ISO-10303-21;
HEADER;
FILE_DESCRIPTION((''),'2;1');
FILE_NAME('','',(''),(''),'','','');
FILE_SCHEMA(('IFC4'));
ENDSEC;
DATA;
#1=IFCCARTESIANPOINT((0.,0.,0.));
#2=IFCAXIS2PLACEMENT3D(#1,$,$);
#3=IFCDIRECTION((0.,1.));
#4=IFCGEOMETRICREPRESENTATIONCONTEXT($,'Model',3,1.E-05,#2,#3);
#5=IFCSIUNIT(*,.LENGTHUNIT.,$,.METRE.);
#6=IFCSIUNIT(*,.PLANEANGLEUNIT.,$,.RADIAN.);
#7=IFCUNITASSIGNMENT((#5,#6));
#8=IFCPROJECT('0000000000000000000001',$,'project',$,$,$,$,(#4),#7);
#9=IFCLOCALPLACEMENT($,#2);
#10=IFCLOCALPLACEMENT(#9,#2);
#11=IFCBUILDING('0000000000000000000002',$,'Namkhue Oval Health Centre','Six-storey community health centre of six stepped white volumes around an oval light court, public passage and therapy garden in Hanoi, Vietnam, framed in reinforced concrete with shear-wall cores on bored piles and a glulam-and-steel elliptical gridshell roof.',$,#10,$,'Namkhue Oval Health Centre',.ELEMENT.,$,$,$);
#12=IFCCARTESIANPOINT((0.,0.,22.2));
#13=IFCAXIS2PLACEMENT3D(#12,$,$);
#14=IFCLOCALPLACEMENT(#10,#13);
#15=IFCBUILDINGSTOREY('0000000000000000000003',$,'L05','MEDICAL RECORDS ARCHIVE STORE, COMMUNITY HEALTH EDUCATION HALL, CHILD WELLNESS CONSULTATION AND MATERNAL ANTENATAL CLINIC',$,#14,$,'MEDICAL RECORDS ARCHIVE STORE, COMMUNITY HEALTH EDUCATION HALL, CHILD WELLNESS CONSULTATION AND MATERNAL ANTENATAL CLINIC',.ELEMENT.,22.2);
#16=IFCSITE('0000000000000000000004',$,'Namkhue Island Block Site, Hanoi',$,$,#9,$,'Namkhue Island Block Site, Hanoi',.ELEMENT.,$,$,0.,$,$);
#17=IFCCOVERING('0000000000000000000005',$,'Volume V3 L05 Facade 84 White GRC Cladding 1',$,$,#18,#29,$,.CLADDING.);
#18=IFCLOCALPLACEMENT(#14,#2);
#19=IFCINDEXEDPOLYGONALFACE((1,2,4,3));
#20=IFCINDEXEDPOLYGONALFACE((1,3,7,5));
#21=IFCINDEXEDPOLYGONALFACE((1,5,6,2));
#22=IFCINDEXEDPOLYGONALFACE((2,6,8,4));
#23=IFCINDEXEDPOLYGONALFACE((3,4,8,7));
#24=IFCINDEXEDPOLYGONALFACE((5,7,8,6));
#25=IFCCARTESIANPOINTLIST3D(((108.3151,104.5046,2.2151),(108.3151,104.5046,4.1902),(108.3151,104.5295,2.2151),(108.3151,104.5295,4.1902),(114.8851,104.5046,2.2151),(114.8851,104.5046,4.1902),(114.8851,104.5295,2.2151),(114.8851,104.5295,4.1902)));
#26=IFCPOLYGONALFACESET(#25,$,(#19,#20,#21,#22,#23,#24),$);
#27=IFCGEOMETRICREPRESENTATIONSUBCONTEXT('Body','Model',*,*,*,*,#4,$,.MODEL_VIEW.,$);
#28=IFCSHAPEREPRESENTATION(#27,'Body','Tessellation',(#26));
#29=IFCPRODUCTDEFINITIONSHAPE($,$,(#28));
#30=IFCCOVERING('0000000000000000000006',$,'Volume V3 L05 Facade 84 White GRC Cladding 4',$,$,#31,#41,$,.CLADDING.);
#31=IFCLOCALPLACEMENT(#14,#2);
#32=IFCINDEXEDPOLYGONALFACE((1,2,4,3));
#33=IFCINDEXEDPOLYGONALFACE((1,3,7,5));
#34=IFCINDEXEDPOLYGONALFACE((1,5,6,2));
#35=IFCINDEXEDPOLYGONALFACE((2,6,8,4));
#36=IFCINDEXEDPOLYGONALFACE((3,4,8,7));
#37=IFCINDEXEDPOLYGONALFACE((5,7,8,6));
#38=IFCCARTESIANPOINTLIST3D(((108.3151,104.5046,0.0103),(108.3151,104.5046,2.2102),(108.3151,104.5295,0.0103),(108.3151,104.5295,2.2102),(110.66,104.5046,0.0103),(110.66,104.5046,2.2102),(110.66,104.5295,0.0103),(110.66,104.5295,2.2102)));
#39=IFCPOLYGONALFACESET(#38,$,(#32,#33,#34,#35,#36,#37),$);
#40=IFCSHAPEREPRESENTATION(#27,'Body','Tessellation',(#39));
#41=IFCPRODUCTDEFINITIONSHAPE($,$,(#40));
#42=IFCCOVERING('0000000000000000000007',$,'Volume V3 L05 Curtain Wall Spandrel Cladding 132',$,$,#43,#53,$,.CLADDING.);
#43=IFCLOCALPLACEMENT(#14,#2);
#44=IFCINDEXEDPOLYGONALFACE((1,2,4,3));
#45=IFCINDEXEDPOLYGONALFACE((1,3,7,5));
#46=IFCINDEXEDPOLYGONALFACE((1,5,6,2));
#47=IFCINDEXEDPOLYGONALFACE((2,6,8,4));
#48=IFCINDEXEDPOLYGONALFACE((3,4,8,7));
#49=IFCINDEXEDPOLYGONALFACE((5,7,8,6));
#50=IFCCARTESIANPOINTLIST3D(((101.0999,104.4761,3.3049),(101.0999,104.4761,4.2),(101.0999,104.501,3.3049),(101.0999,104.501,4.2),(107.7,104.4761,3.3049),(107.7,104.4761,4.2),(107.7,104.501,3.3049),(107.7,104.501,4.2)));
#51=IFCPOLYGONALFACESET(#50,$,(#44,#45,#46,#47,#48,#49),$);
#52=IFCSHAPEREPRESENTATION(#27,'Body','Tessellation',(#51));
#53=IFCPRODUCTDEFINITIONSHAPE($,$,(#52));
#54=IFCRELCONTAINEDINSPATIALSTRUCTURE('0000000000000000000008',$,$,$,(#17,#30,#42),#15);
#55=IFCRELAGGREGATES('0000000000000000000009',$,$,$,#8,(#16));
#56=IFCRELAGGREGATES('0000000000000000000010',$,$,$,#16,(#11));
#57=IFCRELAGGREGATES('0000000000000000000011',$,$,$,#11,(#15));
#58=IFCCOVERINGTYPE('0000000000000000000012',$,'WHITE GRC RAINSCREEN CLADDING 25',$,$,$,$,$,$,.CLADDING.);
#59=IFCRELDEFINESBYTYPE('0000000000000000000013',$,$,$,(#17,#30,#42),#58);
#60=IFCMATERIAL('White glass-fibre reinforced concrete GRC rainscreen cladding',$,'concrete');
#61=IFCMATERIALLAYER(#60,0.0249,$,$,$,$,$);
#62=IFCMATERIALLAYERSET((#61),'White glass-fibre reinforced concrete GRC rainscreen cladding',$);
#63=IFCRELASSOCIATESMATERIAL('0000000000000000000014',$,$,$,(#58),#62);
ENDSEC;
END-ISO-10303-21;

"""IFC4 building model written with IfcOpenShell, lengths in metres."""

from ifc_helpers import new_model, si_unit, direction, frame, origin, origin_2d, place, context, subcontext, project, spatial, rectangle, extrude, material, layer, layer_set, type_object, element, save


model = new_model("IFC4")

# Units and contexts
model_context = context("Model", 3, precision=1e-05, world=origin(), true_north=direction((0.0, 1.0)))
body_context = subcontext(model_context, "Body", "Model", "MODEL_VIEW")
ifc_project = project(units=[si_unit("LENGTHUNIT", "METRE"), si_unit("PLANEANGLEUNIT", "RADIAN")], contexts=[model_context])

# Site, building, storey
site_placement = place(None, origin())
site = spatial("IfcSite", under=ifc_project, at=site_placement, Name="Namkhue Island Block Site, Hanoi", LongName="Namkhue Island Block Site, Hanoi", CompositionType="ELEMENT", RefElevation=0.0)
building_placement = place(site_placement, origin())
building = spatial("IfcBuilding", under=site, at=building_placement, Name="Namkhue Oval Health Centre", Description="Six-storey community health centre of six stepped white volumes around an oval light court, public passage and therapy garden in Hanoi, Vietnam, framed in reinforced concrete with shear-wall cores on bored piles and a glulam-and-steel elliptical gridshell roof.", LongName="Namkhue Oval Health Centre", CompositionType="ELEMENT")
storey_placement = place(building_placement, frame((0.0, 0.0, 22.2)))
storey = spatial("IfcBuildingStorey", under=building, at=storey_placement, Name="L05", Description="MEDICAL RECORDS ARCHIVE STORE, COMMUNITY HEALTH EDUCATION HALL, CHILD WELLNESS CONSULTATION AND MATERNAL ANTENATAL CLINIC", LongName="MEDICAL RECORDS ARCHIVE STORE, COMMUNITY HEALTH EDUCATION HALL, CHILD WELLNESS CONSULTATION AND MATERNAL ANTENATAL CLINIC", CompositionType="ELEMENT", Elevation=22.2)

# Coverings
ifc_material_1 = material(Name="White glass-fibre reinforced concrete GRC rainscreen cladding", Category="concrete")
ifc_layer_1 = layer(ifc_material_1, 0.0249)
ifc_layer_set_1 = layer_set([ifc_layer_1], Name="White glass-fibre reinforced concrete GRC rainscreen cladding")
covering_type = type_object("IfcCoveringType", Name="WHITE GRC RAINSCREEN CLADDING 25", PredefinedType="CLADDING", material=ifc_layer_set_1)
covering_1_placement = place(storey_placement, frame((111.6001, 104.5171, 2.2151), z_axis=(0.0, 0.0, 1.0), x_axis=(-1.0, 0.0, 0.0)))
element("IfcCovering", 1, at=covering_1_placement, inside=storey, type_object=covering_type, Name="Volume V3 L05 Facade 84 White GRC Cladding 1", PredefinedType="CLADDING", context=body_context, shape_type="SweptSolid", body=[
    extrude(rectangle(XDim=6.5701, YDim=0.0249, at=origin_2d()), origin(), (0.0, 0.0, 1.0), 1.9751),
])
covering_2_placement = place(storey_placement, frame((109.4875, 104.5171, 0.0103), z_axis=(0.0, 0.0, 1.0), x_axis=(-1.0, 0.0, 0.0)))
element("IfcCovering", 2, at=covering_2_placement, inside=storey, type_object=covering_type, Name="Volume V3 L05 Facade 84 White GRC Cladding 4", PredefinedType="CLADDING", context=body_context, shape_type="SweptSolid", body=[
    extrude(rectangle(XDim=2.345, YDim=0.0249, at=origin_2d()), origin(), (0.0, 0.0, 1.0), 2.2),
])
covering_3_placement = place(storey_placement, frame((104.3999, 104.4885, 3.3049), z_axis=(0.0, 0.0, 1.0), x_axis=(-1.0, 0.0, 0.0)))
element("IfcCovering", 3, at=covering_3_placement, inside=storey, type_object=covering_type, Name="Volume V3 L05 Curtain Wall Spandrel Cladding 132", PredefinedType="CLADDING", context=body_context, shape_type="SweptSolid", body=[
    extrude(rectangle(XDim=6.6001, YDim=0.0249, at=origin_2d()), origin(), (0.0, 0.0, 1.0), 0.895),
])

save(model, "model.ifc")
